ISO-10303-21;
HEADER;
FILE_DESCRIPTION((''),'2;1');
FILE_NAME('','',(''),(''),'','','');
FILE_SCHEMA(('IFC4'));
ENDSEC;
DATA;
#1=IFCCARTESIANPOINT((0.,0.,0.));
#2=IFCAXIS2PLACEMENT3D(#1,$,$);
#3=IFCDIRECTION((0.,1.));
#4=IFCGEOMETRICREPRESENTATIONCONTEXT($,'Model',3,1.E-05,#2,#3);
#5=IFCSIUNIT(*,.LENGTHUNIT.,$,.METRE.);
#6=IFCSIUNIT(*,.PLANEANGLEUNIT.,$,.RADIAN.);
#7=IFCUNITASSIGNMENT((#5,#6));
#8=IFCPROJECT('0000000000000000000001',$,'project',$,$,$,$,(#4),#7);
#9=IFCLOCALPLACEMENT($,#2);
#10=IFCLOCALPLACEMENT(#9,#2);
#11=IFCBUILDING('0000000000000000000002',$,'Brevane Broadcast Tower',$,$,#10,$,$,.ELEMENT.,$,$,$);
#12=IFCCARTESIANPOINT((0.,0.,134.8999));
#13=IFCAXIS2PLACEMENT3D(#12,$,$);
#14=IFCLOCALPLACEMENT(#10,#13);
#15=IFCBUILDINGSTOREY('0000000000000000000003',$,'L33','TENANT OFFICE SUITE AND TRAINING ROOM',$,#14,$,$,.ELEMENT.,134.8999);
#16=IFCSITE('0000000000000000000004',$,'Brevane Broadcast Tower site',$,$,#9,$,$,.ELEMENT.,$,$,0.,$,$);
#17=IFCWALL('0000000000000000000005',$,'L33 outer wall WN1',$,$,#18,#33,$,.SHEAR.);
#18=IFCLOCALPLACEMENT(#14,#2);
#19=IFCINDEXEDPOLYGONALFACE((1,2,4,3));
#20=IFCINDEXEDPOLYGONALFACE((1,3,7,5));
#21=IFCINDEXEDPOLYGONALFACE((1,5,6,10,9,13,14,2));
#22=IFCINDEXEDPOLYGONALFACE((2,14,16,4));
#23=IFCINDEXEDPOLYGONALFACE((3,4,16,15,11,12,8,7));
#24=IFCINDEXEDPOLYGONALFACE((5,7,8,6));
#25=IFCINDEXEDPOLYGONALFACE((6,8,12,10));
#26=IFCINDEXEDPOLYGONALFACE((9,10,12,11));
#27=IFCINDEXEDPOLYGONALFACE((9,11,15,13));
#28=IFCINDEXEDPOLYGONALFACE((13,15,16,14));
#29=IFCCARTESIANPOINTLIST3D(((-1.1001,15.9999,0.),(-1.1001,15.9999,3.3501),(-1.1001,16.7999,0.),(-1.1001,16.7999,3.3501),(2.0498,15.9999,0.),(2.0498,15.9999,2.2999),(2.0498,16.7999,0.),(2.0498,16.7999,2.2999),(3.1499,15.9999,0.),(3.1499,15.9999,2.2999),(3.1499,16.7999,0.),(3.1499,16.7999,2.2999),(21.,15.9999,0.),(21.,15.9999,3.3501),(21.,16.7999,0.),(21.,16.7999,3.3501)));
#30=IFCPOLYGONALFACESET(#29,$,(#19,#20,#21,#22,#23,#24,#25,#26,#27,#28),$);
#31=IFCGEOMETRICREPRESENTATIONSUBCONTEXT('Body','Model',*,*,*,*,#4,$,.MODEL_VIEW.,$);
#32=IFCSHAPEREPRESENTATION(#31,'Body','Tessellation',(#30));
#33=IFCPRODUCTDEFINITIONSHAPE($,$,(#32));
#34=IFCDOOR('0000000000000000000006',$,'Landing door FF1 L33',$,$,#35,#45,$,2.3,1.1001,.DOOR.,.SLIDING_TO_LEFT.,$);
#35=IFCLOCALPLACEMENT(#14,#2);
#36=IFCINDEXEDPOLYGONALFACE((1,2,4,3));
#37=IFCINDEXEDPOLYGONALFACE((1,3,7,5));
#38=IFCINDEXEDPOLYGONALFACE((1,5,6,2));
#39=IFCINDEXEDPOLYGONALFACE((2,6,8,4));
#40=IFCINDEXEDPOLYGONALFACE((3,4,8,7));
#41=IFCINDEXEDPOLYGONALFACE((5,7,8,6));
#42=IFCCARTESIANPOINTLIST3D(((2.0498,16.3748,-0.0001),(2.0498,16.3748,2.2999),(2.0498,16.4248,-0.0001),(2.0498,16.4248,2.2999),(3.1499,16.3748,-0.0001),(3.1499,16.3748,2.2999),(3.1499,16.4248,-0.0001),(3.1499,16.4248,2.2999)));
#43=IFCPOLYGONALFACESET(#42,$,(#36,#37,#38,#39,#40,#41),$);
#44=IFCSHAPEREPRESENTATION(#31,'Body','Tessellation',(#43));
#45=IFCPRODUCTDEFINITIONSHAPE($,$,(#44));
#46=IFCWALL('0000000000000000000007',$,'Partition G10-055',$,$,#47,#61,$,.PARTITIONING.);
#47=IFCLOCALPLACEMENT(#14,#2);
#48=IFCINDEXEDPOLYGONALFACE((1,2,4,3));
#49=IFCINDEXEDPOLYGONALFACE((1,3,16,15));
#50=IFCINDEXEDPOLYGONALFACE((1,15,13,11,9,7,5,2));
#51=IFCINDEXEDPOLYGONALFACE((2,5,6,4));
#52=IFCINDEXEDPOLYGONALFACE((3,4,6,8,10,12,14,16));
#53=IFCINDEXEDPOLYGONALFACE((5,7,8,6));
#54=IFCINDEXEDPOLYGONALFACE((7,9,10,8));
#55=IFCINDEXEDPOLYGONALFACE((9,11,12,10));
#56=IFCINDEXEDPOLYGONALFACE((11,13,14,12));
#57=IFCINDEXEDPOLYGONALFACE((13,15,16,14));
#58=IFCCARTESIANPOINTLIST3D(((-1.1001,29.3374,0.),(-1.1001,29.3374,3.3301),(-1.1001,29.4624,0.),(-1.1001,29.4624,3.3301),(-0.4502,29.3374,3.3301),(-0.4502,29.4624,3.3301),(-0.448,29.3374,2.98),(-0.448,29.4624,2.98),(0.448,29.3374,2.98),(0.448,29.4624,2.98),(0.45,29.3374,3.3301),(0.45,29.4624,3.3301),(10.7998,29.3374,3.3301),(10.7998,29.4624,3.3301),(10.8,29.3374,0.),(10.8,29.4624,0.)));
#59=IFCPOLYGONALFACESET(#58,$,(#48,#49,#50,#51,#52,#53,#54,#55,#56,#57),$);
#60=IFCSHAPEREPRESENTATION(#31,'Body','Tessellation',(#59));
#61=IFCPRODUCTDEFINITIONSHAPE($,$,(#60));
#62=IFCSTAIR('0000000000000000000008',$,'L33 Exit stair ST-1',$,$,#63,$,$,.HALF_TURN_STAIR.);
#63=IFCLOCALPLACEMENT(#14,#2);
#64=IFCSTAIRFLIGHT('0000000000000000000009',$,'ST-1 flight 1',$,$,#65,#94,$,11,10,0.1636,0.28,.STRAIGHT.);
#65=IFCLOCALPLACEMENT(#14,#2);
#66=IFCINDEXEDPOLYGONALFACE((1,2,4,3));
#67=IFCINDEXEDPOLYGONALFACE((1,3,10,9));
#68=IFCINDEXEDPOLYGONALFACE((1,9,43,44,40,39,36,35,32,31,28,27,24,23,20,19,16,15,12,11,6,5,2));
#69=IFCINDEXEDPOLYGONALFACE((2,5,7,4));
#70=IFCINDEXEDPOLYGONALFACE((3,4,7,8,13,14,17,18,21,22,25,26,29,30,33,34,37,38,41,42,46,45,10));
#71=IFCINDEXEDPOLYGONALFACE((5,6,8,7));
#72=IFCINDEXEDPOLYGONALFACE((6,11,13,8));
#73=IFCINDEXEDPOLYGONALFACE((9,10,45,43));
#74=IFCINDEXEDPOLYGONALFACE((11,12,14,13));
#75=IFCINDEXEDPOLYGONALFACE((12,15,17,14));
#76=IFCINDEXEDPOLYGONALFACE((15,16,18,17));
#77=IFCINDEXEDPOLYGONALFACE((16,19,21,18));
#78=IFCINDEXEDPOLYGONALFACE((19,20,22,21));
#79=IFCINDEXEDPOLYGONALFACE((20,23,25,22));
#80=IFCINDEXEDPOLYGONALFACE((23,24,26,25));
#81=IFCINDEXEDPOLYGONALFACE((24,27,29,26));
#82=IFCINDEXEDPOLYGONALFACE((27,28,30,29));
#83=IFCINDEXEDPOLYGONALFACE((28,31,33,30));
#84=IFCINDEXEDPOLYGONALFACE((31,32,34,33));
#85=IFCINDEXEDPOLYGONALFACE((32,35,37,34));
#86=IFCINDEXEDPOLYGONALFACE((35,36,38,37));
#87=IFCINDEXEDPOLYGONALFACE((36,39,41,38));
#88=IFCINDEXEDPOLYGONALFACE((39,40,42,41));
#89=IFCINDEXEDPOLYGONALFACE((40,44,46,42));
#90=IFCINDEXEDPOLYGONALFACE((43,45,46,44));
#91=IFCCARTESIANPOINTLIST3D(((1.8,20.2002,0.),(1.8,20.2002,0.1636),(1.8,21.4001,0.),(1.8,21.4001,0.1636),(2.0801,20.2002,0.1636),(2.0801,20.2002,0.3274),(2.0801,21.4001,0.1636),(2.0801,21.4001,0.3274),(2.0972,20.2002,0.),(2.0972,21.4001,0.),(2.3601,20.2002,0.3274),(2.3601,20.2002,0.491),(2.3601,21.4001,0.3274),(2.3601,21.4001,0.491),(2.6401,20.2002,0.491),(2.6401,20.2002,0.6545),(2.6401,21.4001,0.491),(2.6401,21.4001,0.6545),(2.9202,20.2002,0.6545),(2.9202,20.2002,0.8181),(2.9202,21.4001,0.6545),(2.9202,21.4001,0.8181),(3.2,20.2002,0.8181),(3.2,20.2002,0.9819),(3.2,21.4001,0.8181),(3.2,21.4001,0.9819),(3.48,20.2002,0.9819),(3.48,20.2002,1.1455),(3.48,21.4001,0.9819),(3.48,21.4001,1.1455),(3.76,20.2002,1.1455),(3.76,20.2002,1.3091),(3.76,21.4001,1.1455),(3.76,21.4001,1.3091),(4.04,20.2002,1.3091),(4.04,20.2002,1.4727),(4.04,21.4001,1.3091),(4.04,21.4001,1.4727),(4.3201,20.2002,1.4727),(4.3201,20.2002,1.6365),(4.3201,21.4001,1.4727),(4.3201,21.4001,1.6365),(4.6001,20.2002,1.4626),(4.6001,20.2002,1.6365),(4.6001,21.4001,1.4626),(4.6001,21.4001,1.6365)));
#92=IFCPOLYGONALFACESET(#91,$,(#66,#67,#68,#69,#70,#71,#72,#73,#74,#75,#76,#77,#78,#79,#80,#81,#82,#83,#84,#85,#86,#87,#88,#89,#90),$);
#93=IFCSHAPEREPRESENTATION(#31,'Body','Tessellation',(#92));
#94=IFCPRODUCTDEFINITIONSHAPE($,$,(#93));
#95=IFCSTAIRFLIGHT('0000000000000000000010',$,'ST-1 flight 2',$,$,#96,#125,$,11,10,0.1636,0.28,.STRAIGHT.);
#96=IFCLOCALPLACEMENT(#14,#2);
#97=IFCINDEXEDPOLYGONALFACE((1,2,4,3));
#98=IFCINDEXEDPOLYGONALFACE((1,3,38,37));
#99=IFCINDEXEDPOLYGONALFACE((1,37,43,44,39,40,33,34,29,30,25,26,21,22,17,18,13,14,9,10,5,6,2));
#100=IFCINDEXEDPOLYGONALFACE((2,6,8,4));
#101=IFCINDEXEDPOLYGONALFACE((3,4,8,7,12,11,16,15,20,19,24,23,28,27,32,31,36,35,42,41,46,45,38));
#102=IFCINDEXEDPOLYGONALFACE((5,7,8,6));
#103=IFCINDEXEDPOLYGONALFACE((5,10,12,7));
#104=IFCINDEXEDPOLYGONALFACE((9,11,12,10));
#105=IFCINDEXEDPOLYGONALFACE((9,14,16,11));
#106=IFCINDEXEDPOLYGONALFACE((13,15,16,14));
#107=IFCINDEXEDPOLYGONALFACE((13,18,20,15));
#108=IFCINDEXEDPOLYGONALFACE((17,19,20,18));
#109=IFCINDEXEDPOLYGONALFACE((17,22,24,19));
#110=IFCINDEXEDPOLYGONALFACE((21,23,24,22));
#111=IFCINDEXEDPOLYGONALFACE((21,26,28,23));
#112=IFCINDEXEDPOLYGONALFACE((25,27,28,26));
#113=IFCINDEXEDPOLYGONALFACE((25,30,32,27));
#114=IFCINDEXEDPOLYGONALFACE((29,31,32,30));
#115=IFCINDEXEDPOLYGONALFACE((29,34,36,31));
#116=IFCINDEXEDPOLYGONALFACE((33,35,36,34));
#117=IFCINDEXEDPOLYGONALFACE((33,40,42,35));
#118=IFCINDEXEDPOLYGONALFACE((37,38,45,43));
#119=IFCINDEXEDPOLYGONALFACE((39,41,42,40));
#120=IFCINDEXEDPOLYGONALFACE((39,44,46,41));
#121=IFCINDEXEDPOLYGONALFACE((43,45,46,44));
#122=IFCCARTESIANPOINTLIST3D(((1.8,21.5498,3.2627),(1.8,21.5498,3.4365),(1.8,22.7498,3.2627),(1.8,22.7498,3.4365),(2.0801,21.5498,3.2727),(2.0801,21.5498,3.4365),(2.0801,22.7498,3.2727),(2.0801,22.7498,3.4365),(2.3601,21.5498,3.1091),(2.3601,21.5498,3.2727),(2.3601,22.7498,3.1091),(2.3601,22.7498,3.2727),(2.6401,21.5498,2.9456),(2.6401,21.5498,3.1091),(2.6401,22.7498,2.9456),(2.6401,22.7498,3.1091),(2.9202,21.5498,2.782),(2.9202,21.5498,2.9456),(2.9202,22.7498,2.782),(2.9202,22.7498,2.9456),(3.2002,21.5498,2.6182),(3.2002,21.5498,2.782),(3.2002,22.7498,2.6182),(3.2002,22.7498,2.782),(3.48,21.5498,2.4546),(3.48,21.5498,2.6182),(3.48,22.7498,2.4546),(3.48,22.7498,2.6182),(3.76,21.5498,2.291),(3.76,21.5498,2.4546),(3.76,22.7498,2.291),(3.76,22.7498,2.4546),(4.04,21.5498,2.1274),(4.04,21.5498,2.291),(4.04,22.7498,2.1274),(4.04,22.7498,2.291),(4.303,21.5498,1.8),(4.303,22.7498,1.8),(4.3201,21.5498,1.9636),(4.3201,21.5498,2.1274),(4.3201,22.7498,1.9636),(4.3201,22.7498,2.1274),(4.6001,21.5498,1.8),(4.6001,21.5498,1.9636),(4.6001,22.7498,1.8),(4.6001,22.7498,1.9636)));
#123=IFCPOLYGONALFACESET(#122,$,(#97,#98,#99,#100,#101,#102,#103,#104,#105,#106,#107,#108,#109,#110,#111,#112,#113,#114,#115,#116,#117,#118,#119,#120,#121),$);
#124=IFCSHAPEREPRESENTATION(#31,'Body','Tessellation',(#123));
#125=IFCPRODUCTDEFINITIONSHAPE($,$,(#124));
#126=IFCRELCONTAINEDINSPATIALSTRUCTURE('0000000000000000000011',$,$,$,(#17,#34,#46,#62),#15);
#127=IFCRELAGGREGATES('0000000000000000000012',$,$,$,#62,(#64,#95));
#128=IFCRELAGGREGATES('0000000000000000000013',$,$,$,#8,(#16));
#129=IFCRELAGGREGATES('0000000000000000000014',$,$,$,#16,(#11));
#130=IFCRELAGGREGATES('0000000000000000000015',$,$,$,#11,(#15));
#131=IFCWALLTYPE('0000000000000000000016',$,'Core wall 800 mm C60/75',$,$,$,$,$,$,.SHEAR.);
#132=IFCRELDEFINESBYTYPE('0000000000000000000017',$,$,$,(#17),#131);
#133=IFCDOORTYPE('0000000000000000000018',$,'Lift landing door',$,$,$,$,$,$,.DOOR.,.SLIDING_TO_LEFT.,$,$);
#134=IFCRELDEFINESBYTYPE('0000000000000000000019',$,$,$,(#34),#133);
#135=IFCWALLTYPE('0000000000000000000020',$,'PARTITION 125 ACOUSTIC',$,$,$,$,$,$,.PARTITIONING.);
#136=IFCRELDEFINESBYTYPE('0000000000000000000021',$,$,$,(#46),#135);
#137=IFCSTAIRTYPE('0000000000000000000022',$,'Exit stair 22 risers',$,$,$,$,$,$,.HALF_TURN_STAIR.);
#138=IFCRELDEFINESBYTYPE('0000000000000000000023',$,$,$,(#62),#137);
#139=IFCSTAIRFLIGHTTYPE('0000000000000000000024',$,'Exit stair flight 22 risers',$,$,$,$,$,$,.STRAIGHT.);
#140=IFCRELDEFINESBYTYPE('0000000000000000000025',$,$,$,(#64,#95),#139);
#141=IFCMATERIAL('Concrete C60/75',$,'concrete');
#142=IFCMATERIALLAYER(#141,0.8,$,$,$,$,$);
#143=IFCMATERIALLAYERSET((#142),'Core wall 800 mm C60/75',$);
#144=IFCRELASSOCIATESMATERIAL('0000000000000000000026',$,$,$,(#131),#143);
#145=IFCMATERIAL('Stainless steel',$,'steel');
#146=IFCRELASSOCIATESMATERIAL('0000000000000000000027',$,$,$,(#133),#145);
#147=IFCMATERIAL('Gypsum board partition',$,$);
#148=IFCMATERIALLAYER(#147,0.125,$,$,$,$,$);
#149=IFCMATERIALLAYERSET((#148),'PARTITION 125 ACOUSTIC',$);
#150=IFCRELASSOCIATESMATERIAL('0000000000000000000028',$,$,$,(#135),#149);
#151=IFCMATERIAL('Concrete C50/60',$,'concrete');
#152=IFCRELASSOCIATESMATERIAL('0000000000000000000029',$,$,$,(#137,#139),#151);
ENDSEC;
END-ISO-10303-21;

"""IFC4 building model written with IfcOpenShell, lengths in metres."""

from ifc_helpers import new_model, si_unit, direction, frame, frame_2d, origin, place, context, subcontext, project, spatial, polyline, rectangle, outline, extrude, material, layer, layer_set, type_object, element, fill, aggregate, save


model = new_model("IFC4")

# Units and contexts
model_context = context("Model", 3, precision=1e-05, world=origin(), true_north=direction((0.0, 1.0)))
body_context = subcontext(model_context, "Body", "Model", "MODEL_VIEW")
ifc_project = project(units=[si_unit("LENGTHUNIT", "METRE"), si_unit("PLANEANGLEUNIT", "RADIAN")], contexts=[model_context])

# Site, building, storey
site_placement = place(None, origin())
site = spatial("IfcSite", under=ifc_project, at=site_placement, Name="Brevane Broadcast Tower site", CompositionType="ELEMENT", RefElevation=0.0)
building_placement = place(site_placement, origin())
building = spatial("IfcBuilding", under=site, at=building_placement, Name="Brevane Broadcast Tower", CompositionType="ELEMENT")
storey_placement = place(building_placement, frame((0.0, 0.0, 134.8999)))
storey = spatial("IfcBuildingStorey", under=building, at=storey_placement, Name="L33", Description="TENANT OFFICE SUITE AND TRAINING ROOM", CompositionType="ELEMENT", Elevation=134.8999)

# Shared definitions
ifc_material_1 = material(Name="Concrete C60/75", Category="concrete")

# Wall, opening, door
ifc_layer_1 = layer(ifc_material_1, 0.8)
ifc_layer_set_1 = layer_set([ifc_layer_1], Name="Core wall 800 mm C60/75")
wall_type_1 = type_object("IfcWallType", Name="Core wall 800 mm C60/75", PredefinedType="SHEAR", material=ifc_layer_set_1)
wall_1_placement = place(storey_placement, frame((-1.1001, 16.3999, 0.0), z_axis=(0.0, 0.0, 1.0), x_axis=(1.0, 0.0, 0.0)))
wall_1 = element("IfcWall", 1, at=wall_1_placement, inside=storey, type_object=wall_type_1, Name="L33 outer wall WN1", PredefinedType="SHEAR", context=body_context, shape_type="SweptSolid", body=[
    extrude(rectangle(XDim=22.1001, YDim=0.8, at=frame_2d((11.05, 0.0))), origin(), (0.0, 0.0, 1.0), 3.3501),
])
opening_1_placement = place(wall_1_placement, frame((3.1499, 0.0, 0.0)))
opening_1 = element("IfcOpeningElement", 2, at=opening_1_placement, cuts=wall_1, PredefinedType="OPENING", context=body_context, shape_type="SweptSolid", body=[
    extrude(rectangle(XDim=1.1001, YDim=2.3, at=frame_2d((0.55, 1.1499))), frame((0.0, 0.4099, 0.0), z_axis=(0.0, -1.0, 0.0), x_axis=(1.0, 0.0, 0.0)), (0.0, 0.0, 1.0), 0.8201),
])
ifc_material_2 = material(Name="Stainless steel", Category="steel")
door_type_1 = type_object("IfcDoorType", Name="Lift landing door", OperationType="SLIDING_TO_LEFT", PredefinedType="DOOR", material=ifc_material_2)
door_1_placement = place(opening_1_placement, origin())
door_1 = element("IfcDoor", 3, at=door_1_placement, inside=storey, type_object=door_type_1, Name="Landing door FF1 L33", OperationType="SLIDING_TO_LEFT", OverallHeight=2.3, OverallWidth=1.1001, PredefinedType="DOOR", context=body_context, shape_type="SweptSolid", body=[
    extrude(rectangle(XDim=1.1001, YDim=2.3, at=frame_2d((0.55, 1.1499))), frame((0.0, 0.0249, 0.0), z_axis=(0.0, -1.0, 0.0), x_axis=(1.0, 0.0, 0.0)), (0.0, 0.0, 1.0), 0.05),
])
fill(opening_1, door_1)

# Wall
ifc_material_3 = material(Name="Gypsum board partition")
ifc_layer_2 = layer(ifc_material_3, 0.125)
ifc_layer_set_2 = layer_set([ifc_layer_2], Name="PARTITION 125 ACOUSTIC")
wall_type_2 = type_object("IfcWallType", Name="PARTITION 125 ACOUSTIC", PredefinedType="PARTITIONING", material=ifc_layer_set_2)
wall_2_placement = place(storey_placement, frame((-1.1001, 29.3999, 0.0), z_axis=(0.0, 0.0, 1.0), x_axis=(1.0, 0.0, 0.0)))
element("IfcWall", 4, at=wall_2_placement, inside=storey, type_object=wall_type_2, Name="Partition G10-055", PredefinedType="PARTITIONING", context=body_context, shape_type="SweptSolid", body=[
    extrude(outline(polyline([(0.0, 0.0), (11.9001, 0.0), (11.8999, 3.3301), (1.55, 3.3301), (1.5481, 2.98), (0.6521, 2.98), (0.6499, 3.3301), (0.0, 3.3301), (0.0, 0.0)])), frame((0.0, 0.0625, 0.0), z_axis=(0.0, -1.0, 0.0), x_axis=(1.0, 0.0, 0.0)), (0.0, 0.0, 1.0), 0.125),
])

# Stair, stair flights
ifc_material_4 = material(Name="Concrete C50/60", Category="concrete")
stair_type = type_object("IfcStairType", Name="Exit stair 22 risers", PredefinedType="HALF_TURN_STAIR", material=ifc_material_4)
stair_placement = place(storey_placement, origin())
stair = element("IfcStair", 5, at=stair_placement, inside=storey, type_object=stair_type, Name="L33 Exit stair ST-1", PredefinedType="HALF_TURN_STAIR")
stair_flight_type = type_object("IfcStairFlightType", Name="Exit stair flight 22 risers", PredefinedType="STRAIGHT", material=ifc_material_4)
stair_flight_1_placement = place(storey_placement, frame((1.8, 20.8, 0.0), z_axis=(0.0, 0.0, 1.0), x_axis=(1.0, 0.0, 0.0)))
stair_flight_1 = element("IfcStairFlight", 6, at=stair_flight_1_placement, type_object=stair_flight_type, Name="ST-1 flight 1", NumberOfRisers=11, NumberOfTreads=10, PredefinedType="STRAIGHT", RiserHeight=0.1636, TreadLength=0.28, context=body_context, shape_type="SweptSolid", body=[
    extrude(outline(polyline([(0.0, 0.0), (0.0, 0.1636), (0.28, 0.1636), (0.28, 0.3274), (0.5601, 0.3274), (0.5601, 0.491), (0.8401, 0.491), (0.8401, 0.6545), (1.1201, 0.6545), (1.1201, 0.8181), (1.3999, 0.8181), (1.3999, 0.9819), (1.6799, 0.9819), (1.6799, 1.1455), (1.96, 1.1455), (1.96, 1.3091), (2.24, 1.3091), (2.24, 1.4727), (2.52, 1.4727), (2.52, 1.6365), (2.8, 1.6365), (2.8, 1.8), (2.8, 1.4626), (0.2971, 0.0), (0.0, 0.0)])), frame((0.0, 0.6001, 0.0), z_axis=(0.0, -1.0, 0.0), x_axis=(1.0, 0.0, 0.0)), (0.0, 0.0, 1.0), 1.2),
])
stair_flight_2_placement = place(storey_placement, frame((4.6001, 22.1499, 1.8), z_axis=(0.0, 0.0, 1.0), x_axis=(-1.0, 0.0, 0.0)))
stair_flight_2 = element("IfcStairFlight", 7, at=stair_flight_2_placement, type_object=stair_flight_type, Name="ST-1 flight 2", NumberOfRisers=11, NumberOfTreads=10, PredefinedType="STRAIGHT", RiserHeight=0.1636, TreadLength=0.28, context=body_context, shape_type="SweptSolid", body=[
    extrude(outline(polyline([(0.0, 0.0), (0.0, 0.1636), (0.28, 0.1636), (0.28, 0.3274), (0.5601, 0.3274), (0.5601, 0.491), (0.8401, 0.491), (0.8401, 0.6545), (1.1201, 0.6545), (1.1201, 0.8181), (1.3999, 0.8181), (1.3999, 0.9819), (1.6799, 0.9819), (1.6799, 1.1455), (1.96, 1.1455), (1.96, 1.3091), (2.24, 1.3091), (2.24, 1.4727), (2.52, 1.4727), (2.52, 1.6365), (2.8, 1.6365), (2.8, 1.8), (2.8, 1.4626), (0.2971, 0.0), (0.0, 0.0)])), frame((0.0, 0.6001, 0.0), z_axis=(0.0, -1.0, 0.0), x_axis=(1.0, 0.0, 0.0)), (0.0, 0.0, 1.0), 1.2),
])
aggregate(stair, [stair_flight_1, stair_flight_2])

save(model, "model.ifc")
